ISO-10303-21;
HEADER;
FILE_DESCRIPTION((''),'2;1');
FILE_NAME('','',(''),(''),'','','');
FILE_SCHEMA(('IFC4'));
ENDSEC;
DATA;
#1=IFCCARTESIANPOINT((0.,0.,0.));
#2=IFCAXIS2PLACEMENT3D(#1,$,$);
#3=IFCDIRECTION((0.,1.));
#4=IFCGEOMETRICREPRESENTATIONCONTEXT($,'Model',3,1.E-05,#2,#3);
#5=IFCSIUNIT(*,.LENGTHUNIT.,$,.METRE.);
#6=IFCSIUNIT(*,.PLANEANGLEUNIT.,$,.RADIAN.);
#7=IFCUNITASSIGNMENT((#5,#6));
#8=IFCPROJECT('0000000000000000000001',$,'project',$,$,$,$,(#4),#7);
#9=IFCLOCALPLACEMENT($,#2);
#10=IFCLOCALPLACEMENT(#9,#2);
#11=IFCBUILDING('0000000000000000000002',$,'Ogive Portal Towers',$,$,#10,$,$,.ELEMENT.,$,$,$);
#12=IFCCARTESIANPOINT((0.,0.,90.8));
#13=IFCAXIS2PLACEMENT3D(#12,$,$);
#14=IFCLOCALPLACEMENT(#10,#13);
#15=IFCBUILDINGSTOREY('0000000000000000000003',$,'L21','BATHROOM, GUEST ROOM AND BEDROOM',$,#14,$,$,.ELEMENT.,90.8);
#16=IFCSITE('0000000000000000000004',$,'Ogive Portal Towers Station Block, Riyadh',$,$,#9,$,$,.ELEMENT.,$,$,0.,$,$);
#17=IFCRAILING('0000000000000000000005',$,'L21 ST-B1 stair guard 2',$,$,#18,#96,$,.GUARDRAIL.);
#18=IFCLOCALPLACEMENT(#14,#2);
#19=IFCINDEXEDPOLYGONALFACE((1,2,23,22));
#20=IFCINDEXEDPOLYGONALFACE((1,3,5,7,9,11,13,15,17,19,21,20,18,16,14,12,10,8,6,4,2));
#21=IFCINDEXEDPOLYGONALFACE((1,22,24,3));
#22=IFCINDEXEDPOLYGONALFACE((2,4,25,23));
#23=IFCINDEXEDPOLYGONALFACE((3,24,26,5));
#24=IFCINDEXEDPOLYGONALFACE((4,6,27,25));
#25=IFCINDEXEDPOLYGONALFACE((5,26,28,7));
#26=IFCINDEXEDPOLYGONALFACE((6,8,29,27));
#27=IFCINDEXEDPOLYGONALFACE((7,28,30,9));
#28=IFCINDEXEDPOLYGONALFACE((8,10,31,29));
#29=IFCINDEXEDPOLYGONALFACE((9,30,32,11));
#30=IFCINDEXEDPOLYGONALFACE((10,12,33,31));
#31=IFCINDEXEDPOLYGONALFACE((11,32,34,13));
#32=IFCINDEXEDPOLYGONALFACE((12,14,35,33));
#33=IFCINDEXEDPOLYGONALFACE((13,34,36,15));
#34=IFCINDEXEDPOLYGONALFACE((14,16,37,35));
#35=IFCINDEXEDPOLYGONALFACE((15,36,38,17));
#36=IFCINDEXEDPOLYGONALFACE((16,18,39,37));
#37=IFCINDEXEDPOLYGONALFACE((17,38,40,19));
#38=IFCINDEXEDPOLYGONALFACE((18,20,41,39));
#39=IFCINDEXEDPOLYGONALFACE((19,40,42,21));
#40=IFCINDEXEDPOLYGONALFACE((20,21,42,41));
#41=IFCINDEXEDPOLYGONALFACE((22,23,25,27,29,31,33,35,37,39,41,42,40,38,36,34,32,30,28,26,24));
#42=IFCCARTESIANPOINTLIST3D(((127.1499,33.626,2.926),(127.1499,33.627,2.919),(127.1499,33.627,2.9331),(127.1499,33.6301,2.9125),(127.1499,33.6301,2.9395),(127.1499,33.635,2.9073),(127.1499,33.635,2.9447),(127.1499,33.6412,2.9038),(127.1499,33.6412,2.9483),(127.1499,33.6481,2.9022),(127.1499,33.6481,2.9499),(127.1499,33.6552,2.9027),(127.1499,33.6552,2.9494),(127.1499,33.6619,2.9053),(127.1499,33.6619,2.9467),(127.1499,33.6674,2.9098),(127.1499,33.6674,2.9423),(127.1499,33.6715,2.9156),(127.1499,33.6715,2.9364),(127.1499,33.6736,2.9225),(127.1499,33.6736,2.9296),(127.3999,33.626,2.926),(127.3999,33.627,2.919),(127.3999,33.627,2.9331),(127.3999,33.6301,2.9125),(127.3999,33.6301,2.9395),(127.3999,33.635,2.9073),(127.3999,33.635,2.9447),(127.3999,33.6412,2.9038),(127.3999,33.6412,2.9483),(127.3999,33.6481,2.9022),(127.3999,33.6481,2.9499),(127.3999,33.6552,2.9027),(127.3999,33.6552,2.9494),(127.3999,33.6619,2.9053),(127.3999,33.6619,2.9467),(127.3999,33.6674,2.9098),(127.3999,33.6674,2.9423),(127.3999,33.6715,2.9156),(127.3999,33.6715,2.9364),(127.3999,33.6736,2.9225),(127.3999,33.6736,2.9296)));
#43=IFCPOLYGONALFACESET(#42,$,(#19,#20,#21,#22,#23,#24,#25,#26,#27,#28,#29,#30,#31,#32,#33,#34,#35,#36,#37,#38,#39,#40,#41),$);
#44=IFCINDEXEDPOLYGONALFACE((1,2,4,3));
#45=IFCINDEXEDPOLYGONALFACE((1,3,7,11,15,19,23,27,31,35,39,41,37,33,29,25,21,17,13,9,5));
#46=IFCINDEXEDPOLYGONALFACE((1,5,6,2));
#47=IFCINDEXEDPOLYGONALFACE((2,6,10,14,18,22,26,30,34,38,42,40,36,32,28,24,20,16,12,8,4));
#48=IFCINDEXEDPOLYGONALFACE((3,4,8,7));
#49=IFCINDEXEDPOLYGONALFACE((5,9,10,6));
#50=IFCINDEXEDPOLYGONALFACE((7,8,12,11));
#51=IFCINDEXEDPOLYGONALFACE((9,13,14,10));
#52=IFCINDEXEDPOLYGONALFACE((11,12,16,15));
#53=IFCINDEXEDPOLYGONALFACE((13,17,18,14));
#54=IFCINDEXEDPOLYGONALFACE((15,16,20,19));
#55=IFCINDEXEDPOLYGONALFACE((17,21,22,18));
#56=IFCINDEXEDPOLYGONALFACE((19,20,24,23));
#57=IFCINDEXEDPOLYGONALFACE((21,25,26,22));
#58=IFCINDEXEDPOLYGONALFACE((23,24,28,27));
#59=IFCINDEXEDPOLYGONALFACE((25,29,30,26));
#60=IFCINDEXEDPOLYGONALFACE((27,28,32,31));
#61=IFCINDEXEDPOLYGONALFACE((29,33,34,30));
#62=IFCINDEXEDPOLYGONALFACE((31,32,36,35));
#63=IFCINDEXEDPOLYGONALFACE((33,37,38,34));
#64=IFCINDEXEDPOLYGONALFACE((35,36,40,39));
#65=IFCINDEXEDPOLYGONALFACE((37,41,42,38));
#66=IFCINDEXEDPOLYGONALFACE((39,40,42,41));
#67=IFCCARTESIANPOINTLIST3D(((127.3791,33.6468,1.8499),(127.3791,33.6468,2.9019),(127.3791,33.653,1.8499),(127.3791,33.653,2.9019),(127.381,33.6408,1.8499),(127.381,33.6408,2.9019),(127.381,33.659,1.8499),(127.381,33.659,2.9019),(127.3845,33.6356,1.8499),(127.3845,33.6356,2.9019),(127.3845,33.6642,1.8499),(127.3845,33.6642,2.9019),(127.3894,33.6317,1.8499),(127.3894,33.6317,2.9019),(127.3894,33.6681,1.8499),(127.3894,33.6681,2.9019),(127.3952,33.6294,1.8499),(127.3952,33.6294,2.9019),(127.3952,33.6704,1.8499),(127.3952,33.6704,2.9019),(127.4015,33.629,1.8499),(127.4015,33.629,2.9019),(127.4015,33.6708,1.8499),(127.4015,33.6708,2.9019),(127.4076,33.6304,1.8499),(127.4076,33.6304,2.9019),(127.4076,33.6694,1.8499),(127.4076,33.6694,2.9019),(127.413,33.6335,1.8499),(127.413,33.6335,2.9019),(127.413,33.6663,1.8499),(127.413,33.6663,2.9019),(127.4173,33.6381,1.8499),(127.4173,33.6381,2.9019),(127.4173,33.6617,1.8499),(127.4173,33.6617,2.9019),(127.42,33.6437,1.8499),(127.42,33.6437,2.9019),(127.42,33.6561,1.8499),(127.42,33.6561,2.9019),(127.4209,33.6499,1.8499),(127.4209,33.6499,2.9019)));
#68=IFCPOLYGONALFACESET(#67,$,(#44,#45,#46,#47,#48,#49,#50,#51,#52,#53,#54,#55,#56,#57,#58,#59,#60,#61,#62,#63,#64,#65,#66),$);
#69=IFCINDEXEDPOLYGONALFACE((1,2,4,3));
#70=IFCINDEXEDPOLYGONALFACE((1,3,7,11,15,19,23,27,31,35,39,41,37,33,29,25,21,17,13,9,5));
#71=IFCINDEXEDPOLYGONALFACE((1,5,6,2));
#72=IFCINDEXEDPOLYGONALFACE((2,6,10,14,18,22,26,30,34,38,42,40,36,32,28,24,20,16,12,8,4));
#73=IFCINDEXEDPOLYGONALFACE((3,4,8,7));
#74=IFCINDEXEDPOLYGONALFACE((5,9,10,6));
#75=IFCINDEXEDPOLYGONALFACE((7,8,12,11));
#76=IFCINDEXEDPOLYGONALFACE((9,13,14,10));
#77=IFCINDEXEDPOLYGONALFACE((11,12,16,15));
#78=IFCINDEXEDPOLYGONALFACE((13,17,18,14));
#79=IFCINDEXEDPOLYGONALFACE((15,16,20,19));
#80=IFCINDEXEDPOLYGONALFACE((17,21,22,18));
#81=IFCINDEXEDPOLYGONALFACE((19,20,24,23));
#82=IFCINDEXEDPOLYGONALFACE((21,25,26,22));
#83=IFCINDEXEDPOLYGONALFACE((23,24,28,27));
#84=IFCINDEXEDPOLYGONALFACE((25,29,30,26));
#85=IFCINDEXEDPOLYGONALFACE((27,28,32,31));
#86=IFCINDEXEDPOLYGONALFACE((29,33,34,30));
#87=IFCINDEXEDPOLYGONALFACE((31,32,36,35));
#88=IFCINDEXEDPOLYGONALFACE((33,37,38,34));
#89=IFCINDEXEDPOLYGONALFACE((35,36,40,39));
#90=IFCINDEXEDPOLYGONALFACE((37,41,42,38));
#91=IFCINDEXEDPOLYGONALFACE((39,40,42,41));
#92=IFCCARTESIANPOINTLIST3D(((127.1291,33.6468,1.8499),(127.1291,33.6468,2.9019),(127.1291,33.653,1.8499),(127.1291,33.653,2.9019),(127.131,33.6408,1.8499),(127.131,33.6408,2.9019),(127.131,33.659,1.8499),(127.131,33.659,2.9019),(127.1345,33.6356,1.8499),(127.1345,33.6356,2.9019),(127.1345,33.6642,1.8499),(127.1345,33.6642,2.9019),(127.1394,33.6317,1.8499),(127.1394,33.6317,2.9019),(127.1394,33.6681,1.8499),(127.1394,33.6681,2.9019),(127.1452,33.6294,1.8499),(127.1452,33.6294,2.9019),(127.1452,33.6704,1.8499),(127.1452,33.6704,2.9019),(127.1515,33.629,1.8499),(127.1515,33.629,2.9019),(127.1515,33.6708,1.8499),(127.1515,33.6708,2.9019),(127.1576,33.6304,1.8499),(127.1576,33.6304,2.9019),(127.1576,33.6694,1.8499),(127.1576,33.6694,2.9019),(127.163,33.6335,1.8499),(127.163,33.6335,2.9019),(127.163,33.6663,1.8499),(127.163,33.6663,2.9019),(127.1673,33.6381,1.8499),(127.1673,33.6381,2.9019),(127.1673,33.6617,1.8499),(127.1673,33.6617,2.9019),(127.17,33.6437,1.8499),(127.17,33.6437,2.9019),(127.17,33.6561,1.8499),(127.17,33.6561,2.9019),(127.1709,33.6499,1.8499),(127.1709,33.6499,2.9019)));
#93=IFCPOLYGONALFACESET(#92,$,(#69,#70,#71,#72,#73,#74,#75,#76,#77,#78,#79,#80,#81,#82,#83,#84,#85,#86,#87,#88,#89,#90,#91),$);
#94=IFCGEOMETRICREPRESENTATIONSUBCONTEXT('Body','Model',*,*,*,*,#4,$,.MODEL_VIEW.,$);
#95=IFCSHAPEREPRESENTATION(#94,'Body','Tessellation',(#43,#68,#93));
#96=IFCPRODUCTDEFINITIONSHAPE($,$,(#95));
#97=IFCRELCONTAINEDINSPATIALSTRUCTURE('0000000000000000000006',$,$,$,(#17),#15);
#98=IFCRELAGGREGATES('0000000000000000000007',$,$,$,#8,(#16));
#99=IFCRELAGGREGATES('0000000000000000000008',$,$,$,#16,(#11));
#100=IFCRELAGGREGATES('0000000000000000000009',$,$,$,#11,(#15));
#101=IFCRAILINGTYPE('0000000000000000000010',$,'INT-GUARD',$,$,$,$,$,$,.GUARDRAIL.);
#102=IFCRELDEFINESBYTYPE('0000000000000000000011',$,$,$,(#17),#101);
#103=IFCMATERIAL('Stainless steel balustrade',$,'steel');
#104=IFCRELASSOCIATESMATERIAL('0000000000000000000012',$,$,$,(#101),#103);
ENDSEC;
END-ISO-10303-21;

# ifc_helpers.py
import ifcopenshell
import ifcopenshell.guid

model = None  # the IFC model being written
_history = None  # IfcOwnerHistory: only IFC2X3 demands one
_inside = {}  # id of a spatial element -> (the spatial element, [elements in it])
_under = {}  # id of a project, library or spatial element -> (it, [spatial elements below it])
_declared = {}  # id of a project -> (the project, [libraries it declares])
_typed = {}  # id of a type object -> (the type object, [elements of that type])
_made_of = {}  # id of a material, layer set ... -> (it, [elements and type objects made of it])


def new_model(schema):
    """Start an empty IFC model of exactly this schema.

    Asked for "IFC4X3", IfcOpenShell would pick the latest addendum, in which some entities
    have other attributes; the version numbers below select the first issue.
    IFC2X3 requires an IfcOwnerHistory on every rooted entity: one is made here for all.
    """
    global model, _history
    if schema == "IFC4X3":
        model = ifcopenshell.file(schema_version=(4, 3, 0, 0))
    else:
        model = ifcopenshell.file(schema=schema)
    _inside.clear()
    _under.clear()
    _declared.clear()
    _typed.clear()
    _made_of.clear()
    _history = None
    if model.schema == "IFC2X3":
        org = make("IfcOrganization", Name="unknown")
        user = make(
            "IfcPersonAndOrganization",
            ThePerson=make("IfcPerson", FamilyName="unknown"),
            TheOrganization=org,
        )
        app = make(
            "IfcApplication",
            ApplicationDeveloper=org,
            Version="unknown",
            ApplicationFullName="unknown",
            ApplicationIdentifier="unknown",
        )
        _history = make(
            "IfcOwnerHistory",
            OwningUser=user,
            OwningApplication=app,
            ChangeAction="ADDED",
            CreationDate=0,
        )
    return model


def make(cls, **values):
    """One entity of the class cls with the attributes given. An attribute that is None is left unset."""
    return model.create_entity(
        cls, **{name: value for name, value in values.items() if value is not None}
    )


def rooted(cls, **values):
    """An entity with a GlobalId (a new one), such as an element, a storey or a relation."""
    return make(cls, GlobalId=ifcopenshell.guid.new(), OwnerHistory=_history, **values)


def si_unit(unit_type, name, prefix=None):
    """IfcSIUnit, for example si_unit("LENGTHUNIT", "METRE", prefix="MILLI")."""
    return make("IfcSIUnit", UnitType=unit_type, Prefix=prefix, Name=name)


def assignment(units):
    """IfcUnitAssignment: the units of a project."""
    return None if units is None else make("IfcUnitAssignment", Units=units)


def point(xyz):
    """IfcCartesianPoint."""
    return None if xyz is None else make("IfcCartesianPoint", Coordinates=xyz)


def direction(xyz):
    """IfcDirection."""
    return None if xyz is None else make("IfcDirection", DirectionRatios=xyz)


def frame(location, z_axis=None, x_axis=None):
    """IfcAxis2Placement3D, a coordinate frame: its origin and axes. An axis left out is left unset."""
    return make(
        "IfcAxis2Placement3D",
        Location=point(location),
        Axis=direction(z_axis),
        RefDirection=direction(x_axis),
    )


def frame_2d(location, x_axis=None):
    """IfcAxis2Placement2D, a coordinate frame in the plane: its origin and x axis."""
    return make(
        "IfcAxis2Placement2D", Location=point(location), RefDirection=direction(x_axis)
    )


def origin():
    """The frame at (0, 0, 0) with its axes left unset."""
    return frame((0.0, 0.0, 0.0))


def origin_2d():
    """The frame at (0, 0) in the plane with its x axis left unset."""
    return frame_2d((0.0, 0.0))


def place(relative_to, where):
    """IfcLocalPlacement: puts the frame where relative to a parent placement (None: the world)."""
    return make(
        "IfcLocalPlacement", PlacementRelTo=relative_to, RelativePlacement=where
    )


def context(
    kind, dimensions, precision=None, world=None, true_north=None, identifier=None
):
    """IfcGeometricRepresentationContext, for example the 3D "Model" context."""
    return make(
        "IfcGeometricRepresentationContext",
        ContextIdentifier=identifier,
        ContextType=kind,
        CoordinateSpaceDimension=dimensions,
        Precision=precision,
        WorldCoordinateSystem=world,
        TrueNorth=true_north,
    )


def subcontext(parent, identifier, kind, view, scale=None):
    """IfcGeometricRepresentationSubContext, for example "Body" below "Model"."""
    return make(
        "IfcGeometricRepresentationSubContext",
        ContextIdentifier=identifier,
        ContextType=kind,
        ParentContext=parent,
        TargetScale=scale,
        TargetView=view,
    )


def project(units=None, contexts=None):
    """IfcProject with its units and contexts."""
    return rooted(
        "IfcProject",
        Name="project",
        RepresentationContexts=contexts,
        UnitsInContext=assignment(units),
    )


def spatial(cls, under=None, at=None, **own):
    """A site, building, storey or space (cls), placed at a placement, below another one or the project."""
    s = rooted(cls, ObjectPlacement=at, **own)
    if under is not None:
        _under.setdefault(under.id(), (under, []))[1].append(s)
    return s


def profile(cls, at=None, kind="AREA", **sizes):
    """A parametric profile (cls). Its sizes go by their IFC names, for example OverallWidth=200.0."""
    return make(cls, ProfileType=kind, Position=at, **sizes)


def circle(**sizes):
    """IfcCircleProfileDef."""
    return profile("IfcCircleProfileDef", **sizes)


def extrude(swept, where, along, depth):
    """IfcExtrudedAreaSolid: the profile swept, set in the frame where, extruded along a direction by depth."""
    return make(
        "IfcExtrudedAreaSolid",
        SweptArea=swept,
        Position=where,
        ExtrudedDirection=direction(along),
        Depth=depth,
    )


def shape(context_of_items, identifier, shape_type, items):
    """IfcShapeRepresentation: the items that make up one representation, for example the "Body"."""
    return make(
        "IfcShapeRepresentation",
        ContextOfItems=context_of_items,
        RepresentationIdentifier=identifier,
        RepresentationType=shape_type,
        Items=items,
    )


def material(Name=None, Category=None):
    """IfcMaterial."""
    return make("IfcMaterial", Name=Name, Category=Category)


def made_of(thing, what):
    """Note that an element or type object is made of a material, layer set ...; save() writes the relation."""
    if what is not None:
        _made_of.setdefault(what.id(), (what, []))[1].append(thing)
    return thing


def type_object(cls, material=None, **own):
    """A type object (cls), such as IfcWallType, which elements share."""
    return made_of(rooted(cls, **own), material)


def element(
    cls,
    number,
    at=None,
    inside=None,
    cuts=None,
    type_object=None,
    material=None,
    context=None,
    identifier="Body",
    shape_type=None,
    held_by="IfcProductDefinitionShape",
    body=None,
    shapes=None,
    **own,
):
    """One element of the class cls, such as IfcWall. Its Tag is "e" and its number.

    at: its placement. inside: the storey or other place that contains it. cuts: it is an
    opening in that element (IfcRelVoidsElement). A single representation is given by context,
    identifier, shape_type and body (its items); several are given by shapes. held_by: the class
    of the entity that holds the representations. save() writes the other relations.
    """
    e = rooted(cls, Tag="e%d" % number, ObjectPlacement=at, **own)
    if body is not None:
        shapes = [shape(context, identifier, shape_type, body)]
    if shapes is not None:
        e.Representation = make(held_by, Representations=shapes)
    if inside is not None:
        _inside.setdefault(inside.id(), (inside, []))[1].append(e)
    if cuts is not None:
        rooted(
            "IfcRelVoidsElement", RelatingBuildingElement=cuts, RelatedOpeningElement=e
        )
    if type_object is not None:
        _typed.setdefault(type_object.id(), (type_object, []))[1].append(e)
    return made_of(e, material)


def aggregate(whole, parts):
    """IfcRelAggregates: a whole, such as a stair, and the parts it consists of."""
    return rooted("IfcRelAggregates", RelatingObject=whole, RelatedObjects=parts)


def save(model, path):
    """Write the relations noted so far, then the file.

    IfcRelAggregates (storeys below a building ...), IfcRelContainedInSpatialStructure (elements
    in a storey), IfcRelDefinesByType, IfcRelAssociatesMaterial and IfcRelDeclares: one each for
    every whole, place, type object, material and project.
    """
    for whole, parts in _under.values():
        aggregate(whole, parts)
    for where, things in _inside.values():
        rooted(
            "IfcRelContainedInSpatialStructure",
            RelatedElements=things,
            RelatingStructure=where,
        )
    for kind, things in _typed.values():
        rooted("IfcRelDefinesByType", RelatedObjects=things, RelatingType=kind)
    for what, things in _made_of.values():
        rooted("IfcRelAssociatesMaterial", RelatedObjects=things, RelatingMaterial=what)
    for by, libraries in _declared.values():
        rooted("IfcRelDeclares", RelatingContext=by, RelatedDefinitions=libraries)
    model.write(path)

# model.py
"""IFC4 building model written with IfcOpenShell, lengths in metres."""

from ifc_helpers import new_model, si_unit, direction, frame, origin, origin_2d, place, context, subcontext, project, spatial, circle, extrude, material, type_object, element, save


model = new_model("IFC4")

# Units and contexts
model_context = context("Model", 3, precision=1e-05, world=origin(), true_north=direction((0.0, 1.0)))
body_context = subcontext(model_context, "Body", "Model", "MODEL_VIEW")
ifc_project = project(units=[si_unit("LENGTHUNIT", "METRE"), si_unit("PLANEANGLEUNIT", "RADIAN")], contexts=[model_context])

# Site, building, storey
site_placement = place(None, origin())
site = spatial("IfcSite", under=ifc_project, at=site_placement, Name="Ogive Portal Towers Station Block, Riyadh", CompositionType="ELEMENT", RefElevation=0.0)
building_placement = place(site_placement, origin())
building = spatial("IfcBuilding", under=site, at=building_placement, Name="Ogive Portal Towers", CompositionType="ELEMENT")
storey_placement = place(building_placement, frame((0.0, 0.0, 90.8)))
storey = spatial("IfcBuildingStorey", under=building, at=storey_placement, Name="L21", Description="BATHROOM, GUEST ROOM AND BEDROOM", CompositionType="ELEMENT", Elevation=90.8)

# Railing
ifc_material_1 = material(Name="Stainless steel balustrade", Category="steel")
railing_type_1 = type_object("IfcRailingType", Name="INT-GUARD", PredefinedType="GUARDRAIL", material=ifc_material_1)
railing_1_placement = place(storey_placement, frame((127.3999, 33.6499, 1.8499)))
element("IfcRailing", 1, at=railing_1_placement, inside=storey, type_object=railing_type_1, Name="L21 ST-B1 stair guard 2", PredefinedType="GUARDRAIL", context=body_context, shape_type="SweptSolid", body=[
    extrude(circle(Radius=0.0239, at=origin_2d()), frame((0.0, 0.0, 1.0762), z_axis=(-1.0, 0.0, 0.0), x_axis=(0.0, -1.0, 0.0)), (0.0, 0.0, 1.0), 0.25),
    extrude(circle(Radius=0.021, at=origin_2d()), origin(), (0.0, 0.0, 1.0), 1.052),
    extrude(circle(Radius=0.021, at=origin_2d()), frame((-0.25, 0.0, 0.0)), (0.0, 0.0, 1.0), 1.052),
])

save(model, "model.ifc")
